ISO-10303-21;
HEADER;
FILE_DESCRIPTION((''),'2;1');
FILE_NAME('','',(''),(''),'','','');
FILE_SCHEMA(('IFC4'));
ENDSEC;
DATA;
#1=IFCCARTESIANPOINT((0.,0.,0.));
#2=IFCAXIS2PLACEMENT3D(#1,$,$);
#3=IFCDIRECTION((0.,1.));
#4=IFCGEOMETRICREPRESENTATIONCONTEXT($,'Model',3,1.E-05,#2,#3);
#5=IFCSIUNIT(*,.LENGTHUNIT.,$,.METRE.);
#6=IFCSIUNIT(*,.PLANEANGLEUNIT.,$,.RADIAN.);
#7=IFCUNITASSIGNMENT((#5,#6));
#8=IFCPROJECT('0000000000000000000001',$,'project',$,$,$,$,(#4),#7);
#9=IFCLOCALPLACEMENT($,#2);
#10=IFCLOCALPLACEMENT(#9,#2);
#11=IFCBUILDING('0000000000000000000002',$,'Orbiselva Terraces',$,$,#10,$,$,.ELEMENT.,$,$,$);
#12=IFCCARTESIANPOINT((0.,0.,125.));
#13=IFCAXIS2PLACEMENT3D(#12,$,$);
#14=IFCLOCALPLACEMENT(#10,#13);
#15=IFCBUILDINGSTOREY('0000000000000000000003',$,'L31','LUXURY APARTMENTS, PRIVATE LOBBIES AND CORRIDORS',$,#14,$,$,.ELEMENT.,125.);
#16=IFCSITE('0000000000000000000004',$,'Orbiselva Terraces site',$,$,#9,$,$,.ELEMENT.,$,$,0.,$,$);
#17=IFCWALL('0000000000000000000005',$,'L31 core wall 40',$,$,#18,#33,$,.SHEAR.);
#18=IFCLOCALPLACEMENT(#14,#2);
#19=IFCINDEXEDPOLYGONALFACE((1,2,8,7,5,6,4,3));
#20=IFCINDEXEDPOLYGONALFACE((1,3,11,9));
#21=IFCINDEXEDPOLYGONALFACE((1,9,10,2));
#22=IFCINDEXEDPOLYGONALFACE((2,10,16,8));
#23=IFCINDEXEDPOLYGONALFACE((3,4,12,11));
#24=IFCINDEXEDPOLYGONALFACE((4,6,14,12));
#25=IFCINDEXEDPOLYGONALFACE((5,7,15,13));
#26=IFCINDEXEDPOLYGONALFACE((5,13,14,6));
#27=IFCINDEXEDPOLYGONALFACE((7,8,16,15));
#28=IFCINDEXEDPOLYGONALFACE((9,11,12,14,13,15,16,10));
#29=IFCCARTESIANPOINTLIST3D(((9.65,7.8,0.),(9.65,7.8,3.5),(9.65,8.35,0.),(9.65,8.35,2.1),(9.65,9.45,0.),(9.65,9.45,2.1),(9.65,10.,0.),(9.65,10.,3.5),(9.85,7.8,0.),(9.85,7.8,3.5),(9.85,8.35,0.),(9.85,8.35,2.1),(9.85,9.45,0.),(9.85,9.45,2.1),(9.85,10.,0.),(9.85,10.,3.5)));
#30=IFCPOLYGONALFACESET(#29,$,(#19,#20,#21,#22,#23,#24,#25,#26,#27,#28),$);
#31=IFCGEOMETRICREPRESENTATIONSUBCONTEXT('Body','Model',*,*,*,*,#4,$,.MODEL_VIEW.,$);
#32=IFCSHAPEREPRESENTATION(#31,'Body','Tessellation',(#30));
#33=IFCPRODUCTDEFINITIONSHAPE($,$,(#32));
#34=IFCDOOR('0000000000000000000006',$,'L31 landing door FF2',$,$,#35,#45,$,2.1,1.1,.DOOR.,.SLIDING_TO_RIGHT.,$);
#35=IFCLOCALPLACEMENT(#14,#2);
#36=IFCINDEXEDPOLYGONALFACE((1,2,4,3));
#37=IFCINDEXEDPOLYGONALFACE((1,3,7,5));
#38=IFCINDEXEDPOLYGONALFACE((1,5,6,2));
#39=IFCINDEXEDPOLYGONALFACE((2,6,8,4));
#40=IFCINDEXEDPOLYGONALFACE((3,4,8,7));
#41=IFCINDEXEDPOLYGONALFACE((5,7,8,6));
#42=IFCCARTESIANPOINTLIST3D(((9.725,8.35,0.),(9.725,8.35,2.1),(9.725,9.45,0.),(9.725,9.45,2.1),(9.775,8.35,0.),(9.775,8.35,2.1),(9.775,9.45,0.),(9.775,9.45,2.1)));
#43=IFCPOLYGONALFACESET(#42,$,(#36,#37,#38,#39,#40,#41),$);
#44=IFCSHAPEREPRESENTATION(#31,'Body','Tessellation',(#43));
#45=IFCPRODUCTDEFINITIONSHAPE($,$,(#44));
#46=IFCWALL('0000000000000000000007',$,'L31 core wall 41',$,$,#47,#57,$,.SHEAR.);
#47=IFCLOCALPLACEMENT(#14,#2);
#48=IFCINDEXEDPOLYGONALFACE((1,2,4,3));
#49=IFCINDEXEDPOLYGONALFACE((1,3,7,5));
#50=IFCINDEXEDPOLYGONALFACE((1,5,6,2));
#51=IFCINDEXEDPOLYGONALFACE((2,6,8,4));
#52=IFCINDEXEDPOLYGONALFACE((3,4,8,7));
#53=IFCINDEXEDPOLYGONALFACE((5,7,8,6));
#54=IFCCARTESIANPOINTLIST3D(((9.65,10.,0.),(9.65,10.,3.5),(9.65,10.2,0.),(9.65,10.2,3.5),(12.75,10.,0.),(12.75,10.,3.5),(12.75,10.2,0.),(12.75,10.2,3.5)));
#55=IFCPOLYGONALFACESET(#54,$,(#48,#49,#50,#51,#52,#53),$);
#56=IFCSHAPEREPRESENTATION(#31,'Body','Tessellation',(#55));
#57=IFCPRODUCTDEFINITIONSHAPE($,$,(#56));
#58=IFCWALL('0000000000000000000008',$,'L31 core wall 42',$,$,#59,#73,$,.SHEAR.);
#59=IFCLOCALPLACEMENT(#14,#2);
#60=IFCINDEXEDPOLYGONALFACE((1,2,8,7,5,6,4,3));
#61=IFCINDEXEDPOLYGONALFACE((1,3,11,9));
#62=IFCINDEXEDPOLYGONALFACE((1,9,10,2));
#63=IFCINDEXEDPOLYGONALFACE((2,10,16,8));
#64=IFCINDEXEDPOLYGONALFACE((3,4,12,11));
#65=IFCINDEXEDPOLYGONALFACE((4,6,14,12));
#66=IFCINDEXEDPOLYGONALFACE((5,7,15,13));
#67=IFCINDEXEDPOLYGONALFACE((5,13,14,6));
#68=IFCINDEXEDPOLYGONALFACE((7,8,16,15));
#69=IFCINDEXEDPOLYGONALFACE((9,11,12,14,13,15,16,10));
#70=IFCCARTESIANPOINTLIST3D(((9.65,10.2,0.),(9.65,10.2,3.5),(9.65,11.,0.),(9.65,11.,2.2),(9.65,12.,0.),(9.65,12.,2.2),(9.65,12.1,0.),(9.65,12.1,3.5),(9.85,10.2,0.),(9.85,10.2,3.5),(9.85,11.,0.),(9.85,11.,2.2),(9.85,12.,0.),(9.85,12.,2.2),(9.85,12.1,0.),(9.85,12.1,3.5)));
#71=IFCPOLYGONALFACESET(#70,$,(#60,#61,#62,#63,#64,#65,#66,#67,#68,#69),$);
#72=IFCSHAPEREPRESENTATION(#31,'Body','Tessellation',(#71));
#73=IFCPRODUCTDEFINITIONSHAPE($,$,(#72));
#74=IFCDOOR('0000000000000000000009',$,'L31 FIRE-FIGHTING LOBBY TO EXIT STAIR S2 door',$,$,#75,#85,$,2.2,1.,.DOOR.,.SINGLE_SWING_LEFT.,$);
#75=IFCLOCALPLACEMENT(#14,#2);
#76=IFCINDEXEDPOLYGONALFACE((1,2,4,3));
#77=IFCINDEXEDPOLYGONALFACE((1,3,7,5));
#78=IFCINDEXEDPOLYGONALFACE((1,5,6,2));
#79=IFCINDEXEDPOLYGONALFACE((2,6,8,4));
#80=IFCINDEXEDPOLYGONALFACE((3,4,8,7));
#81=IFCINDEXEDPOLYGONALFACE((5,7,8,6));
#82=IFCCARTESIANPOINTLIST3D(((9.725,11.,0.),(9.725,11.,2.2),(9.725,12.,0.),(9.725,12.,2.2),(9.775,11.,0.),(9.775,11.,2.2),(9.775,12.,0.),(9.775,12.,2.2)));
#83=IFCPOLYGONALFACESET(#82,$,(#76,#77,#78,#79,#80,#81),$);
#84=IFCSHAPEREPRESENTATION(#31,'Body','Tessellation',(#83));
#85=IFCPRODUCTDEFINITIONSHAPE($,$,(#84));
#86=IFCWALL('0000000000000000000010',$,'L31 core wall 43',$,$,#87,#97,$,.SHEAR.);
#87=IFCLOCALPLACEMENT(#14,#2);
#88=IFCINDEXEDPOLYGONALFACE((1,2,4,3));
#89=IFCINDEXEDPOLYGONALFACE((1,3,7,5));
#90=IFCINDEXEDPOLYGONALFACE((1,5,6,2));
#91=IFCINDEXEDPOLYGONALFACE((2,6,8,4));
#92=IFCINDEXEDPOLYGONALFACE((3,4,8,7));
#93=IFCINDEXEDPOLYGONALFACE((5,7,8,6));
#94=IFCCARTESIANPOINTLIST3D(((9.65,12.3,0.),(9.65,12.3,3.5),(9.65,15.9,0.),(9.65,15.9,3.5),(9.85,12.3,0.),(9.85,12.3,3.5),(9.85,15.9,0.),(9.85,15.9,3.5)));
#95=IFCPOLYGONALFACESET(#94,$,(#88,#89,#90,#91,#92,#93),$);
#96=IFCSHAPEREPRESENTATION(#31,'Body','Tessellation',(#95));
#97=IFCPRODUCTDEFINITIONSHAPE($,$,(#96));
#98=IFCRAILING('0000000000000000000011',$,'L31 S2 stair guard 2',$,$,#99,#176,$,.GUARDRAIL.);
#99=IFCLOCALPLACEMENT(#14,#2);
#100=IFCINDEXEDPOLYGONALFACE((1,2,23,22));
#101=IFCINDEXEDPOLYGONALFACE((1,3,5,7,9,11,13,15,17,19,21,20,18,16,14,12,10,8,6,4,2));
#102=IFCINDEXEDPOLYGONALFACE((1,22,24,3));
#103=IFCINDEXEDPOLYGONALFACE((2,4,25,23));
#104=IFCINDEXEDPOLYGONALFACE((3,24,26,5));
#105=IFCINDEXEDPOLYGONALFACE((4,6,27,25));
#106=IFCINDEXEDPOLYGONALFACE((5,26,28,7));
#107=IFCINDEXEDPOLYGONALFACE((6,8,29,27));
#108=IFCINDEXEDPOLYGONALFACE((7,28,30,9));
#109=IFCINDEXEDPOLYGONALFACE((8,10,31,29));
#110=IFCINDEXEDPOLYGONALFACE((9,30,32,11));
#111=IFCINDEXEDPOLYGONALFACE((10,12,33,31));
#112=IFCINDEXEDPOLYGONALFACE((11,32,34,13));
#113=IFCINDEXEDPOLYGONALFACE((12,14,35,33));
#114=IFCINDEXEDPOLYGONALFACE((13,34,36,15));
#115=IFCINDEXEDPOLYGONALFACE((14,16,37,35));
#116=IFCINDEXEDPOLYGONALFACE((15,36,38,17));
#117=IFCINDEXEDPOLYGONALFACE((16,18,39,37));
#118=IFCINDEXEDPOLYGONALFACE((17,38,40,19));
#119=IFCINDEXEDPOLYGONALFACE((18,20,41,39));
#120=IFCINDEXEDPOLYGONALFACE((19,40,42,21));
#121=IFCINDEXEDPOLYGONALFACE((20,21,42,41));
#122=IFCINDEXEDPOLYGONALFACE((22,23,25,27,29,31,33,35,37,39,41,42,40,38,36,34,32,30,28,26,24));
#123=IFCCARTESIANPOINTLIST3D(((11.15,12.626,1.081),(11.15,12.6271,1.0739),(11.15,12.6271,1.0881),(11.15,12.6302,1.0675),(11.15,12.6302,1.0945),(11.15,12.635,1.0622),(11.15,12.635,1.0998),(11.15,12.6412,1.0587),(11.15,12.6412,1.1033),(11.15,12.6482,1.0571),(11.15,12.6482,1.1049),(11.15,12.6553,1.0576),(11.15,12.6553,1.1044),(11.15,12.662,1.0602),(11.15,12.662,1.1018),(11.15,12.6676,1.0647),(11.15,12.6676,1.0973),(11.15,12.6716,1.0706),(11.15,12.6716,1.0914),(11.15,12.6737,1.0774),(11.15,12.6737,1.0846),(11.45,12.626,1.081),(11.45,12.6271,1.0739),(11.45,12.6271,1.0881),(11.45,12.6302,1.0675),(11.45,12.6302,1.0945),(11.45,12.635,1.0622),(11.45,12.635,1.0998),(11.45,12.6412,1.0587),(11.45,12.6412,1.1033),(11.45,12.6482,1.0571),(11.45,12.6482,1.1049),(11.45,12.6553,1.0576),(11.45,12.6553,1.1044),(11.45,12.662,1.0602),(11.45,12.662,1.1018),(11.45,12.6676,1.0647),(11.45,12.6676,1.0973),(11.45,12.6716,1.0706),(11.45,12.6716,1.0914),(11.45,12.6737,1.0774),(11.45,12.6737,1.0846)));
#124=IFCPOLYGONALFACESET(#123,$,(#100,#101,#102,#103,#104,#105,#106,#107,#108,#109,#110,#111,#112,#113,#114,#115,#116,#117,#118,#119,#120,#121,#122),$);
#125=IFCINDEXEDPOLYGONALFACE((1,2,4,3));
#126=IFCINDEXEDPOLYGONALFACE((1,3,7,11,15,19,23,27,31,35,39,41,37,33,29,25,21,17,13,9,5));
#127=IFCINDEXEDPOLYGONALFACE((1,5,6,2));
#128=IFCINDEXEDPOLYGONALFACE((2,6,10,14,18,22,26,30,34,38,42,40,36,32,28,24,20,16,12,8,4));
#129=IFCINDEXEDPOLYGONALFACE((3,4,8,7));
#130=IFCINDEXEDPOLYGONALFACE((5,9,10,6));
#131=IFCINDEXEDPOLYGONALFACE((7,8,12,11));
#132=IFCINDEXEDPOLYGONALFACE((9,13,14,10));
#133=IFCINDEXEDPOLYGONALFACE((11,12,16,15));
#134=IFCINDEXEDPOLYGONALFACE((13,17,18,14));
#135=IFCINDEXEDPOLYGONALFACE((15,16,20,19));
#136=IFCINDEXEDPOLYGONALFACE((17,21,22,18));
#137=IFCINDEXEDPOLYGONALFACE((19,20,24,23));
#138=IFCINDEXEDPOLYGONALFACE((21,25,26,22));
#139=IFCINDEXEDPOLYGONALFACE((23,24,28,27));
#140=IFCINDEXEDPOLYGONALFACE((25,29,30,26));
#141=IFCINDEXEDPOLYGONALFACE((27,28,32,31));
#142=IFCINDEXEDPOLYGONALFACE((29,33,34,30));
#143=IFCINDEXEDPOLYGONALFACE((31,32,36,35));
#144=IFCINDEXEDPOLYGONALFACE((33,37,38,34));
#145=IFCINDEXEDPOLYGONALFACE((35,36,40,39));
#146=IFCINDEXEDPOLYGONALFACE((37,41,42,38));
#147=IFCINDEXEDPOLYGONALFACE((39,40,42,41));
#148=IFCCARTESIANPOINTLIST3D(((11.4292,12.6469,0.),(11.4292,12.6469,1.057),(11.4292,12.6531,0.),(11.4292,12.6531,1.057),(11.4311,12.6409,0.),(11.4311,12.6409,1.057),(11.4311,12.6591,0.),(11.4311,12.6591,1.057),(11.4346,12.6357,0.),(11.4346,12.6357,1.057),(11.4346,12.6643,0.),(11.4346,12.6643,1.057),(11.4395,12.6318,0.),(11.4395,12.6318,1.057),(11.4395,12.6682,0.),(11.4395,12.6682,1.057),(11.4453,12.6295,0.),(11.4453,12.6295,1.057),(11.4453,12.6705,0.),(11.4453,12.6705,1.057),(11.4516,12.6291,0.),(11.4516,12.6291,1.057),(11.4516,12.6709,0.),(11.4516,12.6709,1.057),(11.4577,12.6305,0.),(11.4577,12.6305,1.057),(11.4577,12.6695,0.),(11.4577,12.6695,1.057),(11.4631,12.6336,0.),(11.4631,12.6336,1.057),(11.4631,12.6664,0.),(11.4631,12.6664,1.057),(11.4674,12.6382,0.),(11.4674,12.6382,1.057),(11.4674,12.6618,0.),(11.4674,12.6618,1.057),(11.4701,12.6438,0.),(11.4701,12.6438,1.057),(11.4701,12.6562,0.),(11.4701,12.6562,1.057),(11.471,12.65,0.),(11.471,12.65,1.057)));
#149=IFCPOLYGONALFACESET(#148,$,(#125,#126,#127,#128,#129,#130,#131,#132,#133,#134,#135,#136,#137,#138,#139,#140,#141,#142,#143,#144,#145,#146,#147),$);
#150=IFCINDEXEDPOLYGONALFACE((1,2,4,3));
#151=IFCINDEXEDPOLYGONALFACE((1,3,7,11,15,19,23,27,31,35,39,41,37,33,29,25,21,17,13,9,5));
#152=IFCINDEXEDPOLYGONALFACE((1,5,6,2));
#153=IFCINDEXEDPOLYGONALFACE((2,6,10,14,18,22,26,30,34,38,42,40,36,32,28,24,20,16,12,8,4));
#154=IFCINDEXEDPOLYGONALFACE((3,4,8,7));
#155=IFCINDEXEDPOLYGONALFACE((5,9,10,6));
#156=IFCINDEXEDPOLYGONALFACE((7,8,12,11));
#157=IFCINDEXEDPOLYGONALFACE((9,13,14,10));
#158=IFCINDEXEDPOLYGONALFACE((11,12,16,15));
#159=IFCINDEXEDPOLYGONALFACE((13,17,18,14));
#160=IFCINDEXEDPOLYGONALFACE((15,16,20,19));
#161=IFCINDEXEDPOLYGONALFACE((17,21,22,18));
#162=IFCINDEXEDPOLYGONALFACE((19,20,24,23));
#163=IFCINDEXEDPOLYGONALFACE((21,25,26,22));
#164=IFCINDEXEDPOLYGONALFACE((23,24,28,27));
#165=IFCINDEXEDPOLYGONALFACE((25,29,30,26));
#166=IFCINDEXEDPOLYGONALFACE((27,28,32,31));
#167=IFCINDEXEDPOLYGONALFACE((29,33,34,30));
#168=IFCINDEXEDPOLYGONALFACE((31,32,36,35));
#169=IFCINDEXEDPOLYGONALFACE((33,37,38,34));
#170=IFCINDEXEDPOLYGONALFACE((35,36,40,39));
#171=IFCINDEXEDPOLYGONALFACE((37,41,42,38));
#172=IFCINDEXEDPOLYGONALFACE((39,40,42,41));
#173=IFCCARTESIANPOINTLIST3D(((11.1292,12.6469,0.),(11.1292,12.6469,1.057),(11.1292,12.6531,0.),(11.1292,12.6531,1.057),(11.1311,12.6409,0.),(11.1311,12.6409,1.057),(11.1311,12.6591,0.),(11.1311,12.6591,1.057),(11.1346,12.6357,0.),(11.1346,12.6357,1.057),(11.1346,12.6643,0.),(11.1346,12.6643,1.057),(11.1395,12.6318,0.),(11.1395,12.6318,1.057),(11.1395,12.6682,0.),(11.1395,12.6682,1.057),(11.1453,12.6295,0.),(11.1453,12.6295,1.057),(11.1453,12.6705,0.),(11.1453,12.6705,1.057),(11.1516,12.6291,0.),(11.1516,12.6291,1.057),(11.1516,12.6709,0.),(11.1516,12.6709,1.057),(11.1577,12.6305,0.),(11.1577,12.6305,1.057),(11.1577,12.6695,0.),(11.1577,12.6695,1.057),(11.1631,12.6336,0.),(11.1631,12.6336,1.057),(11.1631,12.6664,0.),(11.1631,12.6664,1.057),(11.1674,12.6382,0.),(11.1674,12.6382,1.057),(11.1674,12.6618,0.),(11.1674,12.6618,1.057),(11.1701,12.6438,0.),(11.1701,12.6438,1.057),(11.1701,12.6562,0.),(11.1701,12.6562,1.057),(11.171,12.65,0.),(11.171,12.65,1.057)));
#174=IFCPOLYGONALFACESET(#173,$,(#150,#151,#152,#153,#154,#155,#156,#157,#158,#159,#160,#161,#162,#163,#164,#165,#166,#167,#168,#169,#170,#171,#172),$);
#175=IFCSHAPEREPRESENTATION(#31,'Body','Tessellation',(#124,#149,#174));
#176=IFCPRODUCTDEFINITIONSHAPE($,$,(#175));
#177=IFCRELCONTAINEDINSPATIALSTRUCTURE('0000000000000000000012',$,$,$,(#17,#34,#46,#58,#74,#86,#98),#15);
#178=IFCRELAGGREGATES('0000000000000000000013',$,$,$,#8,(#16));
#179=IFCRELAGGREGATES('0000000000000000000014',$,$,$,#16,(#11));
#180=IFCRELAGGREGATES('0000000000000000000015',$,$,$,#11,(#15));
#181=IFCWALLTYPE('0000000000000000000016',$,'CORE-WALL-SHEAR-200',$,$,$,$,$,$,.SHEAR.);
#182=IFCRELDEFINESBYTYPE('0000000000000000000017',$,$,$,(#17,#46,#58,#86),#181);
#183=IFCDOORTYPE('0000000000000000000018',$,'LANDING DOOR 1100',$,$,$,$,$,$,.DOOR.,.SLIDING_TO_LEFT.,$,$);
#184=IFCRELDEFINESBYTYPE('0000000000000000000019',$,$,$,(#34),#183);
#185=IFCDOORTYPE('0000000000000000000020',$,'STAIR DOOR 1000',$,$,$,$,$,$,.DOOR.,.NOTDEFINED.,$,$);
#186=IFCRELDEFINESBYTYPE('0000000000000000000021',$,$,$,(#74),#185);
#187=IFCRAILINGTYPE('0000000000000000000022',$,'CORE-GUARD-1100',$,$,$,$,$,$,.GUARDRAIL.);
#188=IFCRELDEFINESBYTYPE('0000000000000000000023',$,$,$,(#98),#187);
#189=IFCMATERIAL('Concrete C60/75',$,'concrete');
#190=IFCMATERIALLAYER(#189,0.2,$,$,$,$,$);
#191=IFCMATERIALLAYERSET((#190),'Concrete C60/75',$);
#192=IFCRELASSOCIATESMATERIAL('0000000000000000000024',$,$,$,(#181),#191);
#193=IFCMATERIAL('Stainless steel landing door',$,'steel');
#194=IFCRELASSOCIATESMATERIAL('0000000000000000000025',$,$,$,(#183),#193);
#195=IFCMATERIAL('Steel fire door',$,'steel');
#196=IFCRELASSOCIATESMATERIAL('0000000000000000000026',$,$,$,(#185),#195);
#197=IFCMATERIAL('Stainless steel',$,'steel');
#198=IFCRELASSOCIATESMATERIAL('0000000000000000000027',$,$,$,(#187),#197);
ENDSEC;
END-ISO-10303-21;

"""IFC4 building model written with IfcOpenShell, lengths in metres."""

from ifc_helpers import new_model, si_unit, direction, frame, frame_2d, origin, origin_2d, place, context, subcontext, project, spatial, rectangle, circle, extrude, material, layer, layer_set, type_object, element, fill, save


model = new_model("IFC4")

# Units and contexts
model_context = context("Model", 3, precision=1e-05, world=origin(), true_north=direction((0.0, 1.0)))
body_context = subcontext(model_context, "Body", "Model", "MODEL_VIEW")
ifc_project = project(units=[si_unit("LENGTHUNIT", "METRE"), si_unit("PLANEANGLEUNIT", "RADIAN")], contexts=[model_context])

# Site, building, storey
site_placement = place(None, origin())
site = spatial("IfcSite", under=ifc_project, at=site_placement, Name="Orbiselva Terraces site", CompositionType="ELEMENT", RefElevation=0.0)
building_placement = place(site_placement, origin())
building = spatial("IfcBuilding", under=site, at=building_placement, Name="Orbiselva Terraces", CompositionType="ELEMENT")
storey_placement = place(building_placement, frame((0.0, 0.0, 125.0)))
storey = spatial("IfcBuildingStorey", under=building, at=storey_placement, Name="L31", Description="LUXURY APARTMENTS, PRIVATE LOBBIES AND CORRIDORS", CompositionType="ELEMENT", Elevation=125.0)

# Shared definitions
ifc_material_1 = material(Name="Steel fire door", Category="steel")

# Shared definitions
ifc_material_2 = material(Name="Concrete C60/75", Category="concrete")
ifc_layer_1 = layer(ifc_material_2, 0.2)
ifc_layer_set_1 = layer_set([ifc_layer_1], Name="Concrete C60/75")
wall_type_1 = type_object("IfcWallType", Name="CORE-WALL-SHEAR-200", PredefinedType="SHEAR", material=ifc_layer_set_1)

# Shared definitions
ifc_material_3 = material(Name="Stainless steel landing door", Category="steel")
door_type_1 = type_object("IfcDoorType", Name="LANDING DOOR 1100", OperationType="SLIDING_TO_LEFT", PredefinedType="DOOR", material=ifc_material_3)

# Wall, opening, door
wall_1_placement = place(storey_placement, frame((9.75, 7.8, 0.0), z_axis=(0.0, 0.0, 1.0), x_axis=(0.0, 1.0, 0.0)))
wall_1 = element("IfcWall", 1, at=wall_1_placement, inside=storey, type_object=wall_type_1, Name="L31 core wall 40", PredefinedType="SHEAR", context=body_context, shape_type="SweptSolid", body=[
    extrude(rectangle(XDim=2.2, YDim=0.2, at=frame_2d((1.1, 0.0))), origin(), (0.0, 0.0, 1.0), 3.5),
])
opening_1_placement = place(wall_1_placement, frame((0.55, 0.0, 0.0)))
opening_1 = element("IfcOpeningElement", 2, at=opening_1_placement, cuts=wall_1, PredefinedType="OPENING", context=body_context, shape_type="SweptSolid", body=[
    extrude(rectangle(XDim=1.1, YDim=2.1, at=frame_2d((0.55, 1.05))), frame((0.0, 0.11, 0.0), z_axis=(0.0, -1.0, 0.0), x_axis=(1.0, 0.0, 0.0)), (0.0, 0.0, 1.0), 0.22),
])
door_1_placement = place(opening_1_placement, origin())
door_1 = element("IfcDoor", 3, at=door_1_placement, inside=storey, type_object=door_type_1, Name="L31 landing door FF2", OperationType="SLIDING_TO_RIGHT", OverallHeight=2.1, OverallWidth=1.1, PredefinedType="DOOR", context=body_context, shape_type="SweptSolid", body=[
    extrude(rectangle(XDim=1.1, YDim=2.1, at=frame_2d((0.55, 1.05))), frame((0.0, 0.025, 0.0), z_axis=(0.0, -1.0, 0.0), x_axis=(1.0, 0.0, 0.0)), (0.0, 0.0, 1.0), 0.05),
])
fill(opening_1, door_1)

# Wall
wall_2_placement = place(storey_placement, frame((9.65, 10.1, 0.0), z_axis=(0.0, 0.0, 1.0), x_axis=(1.0, 0.0, 0.0)))
element("IfcWall", 4, at=wall_2_placement, inside=storey, type_object=wall_type_1, Name="L31 core wall 41", PredefinedType="SHEAR", context=body_context, shape_type="SweptSolid", body=[
    extrude(rectangle(XDim=3.1, YDim=0.2, at=frame_2d((1.55, 0.0))), origin(), (0.0, 0.0, 1.0), 3.5),
])

# Wall, opening, door
wall_3_placement = place(storey_placement, frame((9.75, 12.1, 0.0), z_axis=(0.0, 0.0, 1.0), x_axis=(0.0, -1.0, 0.0)))
wall_3 = element("IfcWall", 5, at=wall_3_placement, inside=storey, type_object=wall_type_1, Name="L31 core wall 42", PredefinedType="SHEAR", context=body_context, shape_type="SweptSolid", body=[
    extrude(rectangle(XDim=1.9, YDim=0.2, at=frame_2d((0.95, 0.0))), origin(), (0.0, 0.0, 1.0), 3.5),
])
opening_2_placement = place(wall_3_placement, frame((0.1, 0.0, 0.0)))
opening_2 = element("IfcOpeningElement", 6, at=opening_2_placement, cuts=wall_3, PredefinedType="OPENING", context=body_context, shape_type="SweptSolid", body=[
    extrude(rectangle(XDim=1.0, YDim=2.2, at=frame_2d((0.5, 1.1))), frame((0.0, 0.11, 0.0), z_axis=(0.0, -1.0, 0.0), x_axis=(1.0, 0.0, 0.0)), (0.0, 0.0, 1.0), 0.22),
])
door_type_2 = type_object("IfcDoorType", Name="STAIR DOOR 1000", OperationType="NOTDEFINED", PredefinedType="DOOR", material=ifc_material_1)
door_2_placement = place(opening_2_placement, origin())
door_2 = element("IfcDoor", 7, at=door_2_placement, inside=storey, type_object=door_type_2, Name="L31 FIRE-FIGHTING LOBBY TO EXIT STAIR S2 door", OperationType="SINGLE_SWING_LEFT", OverallHeight=2.2, OverallWidth=1.0, PredefinedType="DOOR", context=body_context, shape_type="SweptSolid", body=[
    extrude(rectangle(XDim=1.0, YDim=2.2, at=frame_2d((0.5, 1.1))), frame((0.0, 0.025, 0.0), z_axis=(0.0, -1.0, 0.0), x_axis=(1.0, 0.0, 0.0)), (0.0, 0.0, 1.0), 0.05),
])
fill(opening_2, door_2)

# Wall
wall_4_placement = place(storey_placement, frame((9.75, 12.3, 0.0), z_axis=(0.0, 0.0, 1.0), x_axis=(0.0, 1.0, 0.0)))
element("IfcWall", 8, at=wall_4_placement, inside=storey, type_object=wall_type_1, Name="L31 core wall 43", PredefinedType="SHEAR", context=body_context, shape_type="SweptSolid", body=[
    extrude(rectangle(XDim=3.6, YDim=0.2, at=frame_2d((1.8, 0.0))), origin(), (0.0, 0.0, 1.0), 3.5),
])

# Railing
ifc_material_4 = material(Name="Stainless steel", Category="steel")
railing_type = type_object("IfcRailingType", Name="CORE-GUARD-1100", PredefinedType="GUARDRAIL", material=ifc_material_4)
railing_1_placement = place(storey_placement, frame((11.45, 12.65, 0.0)))
element("IfcRailing", 9, at=railing_1_placement, inside=storey, type_object=railing_type, Name="L31 S2 stair guard 2", PredefinedType="GUARDRAIL", context=body_context, shape_type="SweptSolid", body=[
    extrude(circle(Radius=0.024, at=origin_2d()), frame((0.0, 0.0, 1.081), z_axis=(-1.0, 0.0, 0.0), x_axis=(0.0, -1.0, 0.0)), (0.0, 0.0, 1.0), 0.3),
    extrude(circle(Radius=0.021, at=origin_2d()), origin(), (0.0, 0.0, 1.0), 1.057),
    extrude(circle(Radius=0.021, at=origin_2d()), frame((-0.3, 0.0, 0.0)), (0.0, 0.0, 1.0), 1.057),
])

save(model, "model.ifc")
